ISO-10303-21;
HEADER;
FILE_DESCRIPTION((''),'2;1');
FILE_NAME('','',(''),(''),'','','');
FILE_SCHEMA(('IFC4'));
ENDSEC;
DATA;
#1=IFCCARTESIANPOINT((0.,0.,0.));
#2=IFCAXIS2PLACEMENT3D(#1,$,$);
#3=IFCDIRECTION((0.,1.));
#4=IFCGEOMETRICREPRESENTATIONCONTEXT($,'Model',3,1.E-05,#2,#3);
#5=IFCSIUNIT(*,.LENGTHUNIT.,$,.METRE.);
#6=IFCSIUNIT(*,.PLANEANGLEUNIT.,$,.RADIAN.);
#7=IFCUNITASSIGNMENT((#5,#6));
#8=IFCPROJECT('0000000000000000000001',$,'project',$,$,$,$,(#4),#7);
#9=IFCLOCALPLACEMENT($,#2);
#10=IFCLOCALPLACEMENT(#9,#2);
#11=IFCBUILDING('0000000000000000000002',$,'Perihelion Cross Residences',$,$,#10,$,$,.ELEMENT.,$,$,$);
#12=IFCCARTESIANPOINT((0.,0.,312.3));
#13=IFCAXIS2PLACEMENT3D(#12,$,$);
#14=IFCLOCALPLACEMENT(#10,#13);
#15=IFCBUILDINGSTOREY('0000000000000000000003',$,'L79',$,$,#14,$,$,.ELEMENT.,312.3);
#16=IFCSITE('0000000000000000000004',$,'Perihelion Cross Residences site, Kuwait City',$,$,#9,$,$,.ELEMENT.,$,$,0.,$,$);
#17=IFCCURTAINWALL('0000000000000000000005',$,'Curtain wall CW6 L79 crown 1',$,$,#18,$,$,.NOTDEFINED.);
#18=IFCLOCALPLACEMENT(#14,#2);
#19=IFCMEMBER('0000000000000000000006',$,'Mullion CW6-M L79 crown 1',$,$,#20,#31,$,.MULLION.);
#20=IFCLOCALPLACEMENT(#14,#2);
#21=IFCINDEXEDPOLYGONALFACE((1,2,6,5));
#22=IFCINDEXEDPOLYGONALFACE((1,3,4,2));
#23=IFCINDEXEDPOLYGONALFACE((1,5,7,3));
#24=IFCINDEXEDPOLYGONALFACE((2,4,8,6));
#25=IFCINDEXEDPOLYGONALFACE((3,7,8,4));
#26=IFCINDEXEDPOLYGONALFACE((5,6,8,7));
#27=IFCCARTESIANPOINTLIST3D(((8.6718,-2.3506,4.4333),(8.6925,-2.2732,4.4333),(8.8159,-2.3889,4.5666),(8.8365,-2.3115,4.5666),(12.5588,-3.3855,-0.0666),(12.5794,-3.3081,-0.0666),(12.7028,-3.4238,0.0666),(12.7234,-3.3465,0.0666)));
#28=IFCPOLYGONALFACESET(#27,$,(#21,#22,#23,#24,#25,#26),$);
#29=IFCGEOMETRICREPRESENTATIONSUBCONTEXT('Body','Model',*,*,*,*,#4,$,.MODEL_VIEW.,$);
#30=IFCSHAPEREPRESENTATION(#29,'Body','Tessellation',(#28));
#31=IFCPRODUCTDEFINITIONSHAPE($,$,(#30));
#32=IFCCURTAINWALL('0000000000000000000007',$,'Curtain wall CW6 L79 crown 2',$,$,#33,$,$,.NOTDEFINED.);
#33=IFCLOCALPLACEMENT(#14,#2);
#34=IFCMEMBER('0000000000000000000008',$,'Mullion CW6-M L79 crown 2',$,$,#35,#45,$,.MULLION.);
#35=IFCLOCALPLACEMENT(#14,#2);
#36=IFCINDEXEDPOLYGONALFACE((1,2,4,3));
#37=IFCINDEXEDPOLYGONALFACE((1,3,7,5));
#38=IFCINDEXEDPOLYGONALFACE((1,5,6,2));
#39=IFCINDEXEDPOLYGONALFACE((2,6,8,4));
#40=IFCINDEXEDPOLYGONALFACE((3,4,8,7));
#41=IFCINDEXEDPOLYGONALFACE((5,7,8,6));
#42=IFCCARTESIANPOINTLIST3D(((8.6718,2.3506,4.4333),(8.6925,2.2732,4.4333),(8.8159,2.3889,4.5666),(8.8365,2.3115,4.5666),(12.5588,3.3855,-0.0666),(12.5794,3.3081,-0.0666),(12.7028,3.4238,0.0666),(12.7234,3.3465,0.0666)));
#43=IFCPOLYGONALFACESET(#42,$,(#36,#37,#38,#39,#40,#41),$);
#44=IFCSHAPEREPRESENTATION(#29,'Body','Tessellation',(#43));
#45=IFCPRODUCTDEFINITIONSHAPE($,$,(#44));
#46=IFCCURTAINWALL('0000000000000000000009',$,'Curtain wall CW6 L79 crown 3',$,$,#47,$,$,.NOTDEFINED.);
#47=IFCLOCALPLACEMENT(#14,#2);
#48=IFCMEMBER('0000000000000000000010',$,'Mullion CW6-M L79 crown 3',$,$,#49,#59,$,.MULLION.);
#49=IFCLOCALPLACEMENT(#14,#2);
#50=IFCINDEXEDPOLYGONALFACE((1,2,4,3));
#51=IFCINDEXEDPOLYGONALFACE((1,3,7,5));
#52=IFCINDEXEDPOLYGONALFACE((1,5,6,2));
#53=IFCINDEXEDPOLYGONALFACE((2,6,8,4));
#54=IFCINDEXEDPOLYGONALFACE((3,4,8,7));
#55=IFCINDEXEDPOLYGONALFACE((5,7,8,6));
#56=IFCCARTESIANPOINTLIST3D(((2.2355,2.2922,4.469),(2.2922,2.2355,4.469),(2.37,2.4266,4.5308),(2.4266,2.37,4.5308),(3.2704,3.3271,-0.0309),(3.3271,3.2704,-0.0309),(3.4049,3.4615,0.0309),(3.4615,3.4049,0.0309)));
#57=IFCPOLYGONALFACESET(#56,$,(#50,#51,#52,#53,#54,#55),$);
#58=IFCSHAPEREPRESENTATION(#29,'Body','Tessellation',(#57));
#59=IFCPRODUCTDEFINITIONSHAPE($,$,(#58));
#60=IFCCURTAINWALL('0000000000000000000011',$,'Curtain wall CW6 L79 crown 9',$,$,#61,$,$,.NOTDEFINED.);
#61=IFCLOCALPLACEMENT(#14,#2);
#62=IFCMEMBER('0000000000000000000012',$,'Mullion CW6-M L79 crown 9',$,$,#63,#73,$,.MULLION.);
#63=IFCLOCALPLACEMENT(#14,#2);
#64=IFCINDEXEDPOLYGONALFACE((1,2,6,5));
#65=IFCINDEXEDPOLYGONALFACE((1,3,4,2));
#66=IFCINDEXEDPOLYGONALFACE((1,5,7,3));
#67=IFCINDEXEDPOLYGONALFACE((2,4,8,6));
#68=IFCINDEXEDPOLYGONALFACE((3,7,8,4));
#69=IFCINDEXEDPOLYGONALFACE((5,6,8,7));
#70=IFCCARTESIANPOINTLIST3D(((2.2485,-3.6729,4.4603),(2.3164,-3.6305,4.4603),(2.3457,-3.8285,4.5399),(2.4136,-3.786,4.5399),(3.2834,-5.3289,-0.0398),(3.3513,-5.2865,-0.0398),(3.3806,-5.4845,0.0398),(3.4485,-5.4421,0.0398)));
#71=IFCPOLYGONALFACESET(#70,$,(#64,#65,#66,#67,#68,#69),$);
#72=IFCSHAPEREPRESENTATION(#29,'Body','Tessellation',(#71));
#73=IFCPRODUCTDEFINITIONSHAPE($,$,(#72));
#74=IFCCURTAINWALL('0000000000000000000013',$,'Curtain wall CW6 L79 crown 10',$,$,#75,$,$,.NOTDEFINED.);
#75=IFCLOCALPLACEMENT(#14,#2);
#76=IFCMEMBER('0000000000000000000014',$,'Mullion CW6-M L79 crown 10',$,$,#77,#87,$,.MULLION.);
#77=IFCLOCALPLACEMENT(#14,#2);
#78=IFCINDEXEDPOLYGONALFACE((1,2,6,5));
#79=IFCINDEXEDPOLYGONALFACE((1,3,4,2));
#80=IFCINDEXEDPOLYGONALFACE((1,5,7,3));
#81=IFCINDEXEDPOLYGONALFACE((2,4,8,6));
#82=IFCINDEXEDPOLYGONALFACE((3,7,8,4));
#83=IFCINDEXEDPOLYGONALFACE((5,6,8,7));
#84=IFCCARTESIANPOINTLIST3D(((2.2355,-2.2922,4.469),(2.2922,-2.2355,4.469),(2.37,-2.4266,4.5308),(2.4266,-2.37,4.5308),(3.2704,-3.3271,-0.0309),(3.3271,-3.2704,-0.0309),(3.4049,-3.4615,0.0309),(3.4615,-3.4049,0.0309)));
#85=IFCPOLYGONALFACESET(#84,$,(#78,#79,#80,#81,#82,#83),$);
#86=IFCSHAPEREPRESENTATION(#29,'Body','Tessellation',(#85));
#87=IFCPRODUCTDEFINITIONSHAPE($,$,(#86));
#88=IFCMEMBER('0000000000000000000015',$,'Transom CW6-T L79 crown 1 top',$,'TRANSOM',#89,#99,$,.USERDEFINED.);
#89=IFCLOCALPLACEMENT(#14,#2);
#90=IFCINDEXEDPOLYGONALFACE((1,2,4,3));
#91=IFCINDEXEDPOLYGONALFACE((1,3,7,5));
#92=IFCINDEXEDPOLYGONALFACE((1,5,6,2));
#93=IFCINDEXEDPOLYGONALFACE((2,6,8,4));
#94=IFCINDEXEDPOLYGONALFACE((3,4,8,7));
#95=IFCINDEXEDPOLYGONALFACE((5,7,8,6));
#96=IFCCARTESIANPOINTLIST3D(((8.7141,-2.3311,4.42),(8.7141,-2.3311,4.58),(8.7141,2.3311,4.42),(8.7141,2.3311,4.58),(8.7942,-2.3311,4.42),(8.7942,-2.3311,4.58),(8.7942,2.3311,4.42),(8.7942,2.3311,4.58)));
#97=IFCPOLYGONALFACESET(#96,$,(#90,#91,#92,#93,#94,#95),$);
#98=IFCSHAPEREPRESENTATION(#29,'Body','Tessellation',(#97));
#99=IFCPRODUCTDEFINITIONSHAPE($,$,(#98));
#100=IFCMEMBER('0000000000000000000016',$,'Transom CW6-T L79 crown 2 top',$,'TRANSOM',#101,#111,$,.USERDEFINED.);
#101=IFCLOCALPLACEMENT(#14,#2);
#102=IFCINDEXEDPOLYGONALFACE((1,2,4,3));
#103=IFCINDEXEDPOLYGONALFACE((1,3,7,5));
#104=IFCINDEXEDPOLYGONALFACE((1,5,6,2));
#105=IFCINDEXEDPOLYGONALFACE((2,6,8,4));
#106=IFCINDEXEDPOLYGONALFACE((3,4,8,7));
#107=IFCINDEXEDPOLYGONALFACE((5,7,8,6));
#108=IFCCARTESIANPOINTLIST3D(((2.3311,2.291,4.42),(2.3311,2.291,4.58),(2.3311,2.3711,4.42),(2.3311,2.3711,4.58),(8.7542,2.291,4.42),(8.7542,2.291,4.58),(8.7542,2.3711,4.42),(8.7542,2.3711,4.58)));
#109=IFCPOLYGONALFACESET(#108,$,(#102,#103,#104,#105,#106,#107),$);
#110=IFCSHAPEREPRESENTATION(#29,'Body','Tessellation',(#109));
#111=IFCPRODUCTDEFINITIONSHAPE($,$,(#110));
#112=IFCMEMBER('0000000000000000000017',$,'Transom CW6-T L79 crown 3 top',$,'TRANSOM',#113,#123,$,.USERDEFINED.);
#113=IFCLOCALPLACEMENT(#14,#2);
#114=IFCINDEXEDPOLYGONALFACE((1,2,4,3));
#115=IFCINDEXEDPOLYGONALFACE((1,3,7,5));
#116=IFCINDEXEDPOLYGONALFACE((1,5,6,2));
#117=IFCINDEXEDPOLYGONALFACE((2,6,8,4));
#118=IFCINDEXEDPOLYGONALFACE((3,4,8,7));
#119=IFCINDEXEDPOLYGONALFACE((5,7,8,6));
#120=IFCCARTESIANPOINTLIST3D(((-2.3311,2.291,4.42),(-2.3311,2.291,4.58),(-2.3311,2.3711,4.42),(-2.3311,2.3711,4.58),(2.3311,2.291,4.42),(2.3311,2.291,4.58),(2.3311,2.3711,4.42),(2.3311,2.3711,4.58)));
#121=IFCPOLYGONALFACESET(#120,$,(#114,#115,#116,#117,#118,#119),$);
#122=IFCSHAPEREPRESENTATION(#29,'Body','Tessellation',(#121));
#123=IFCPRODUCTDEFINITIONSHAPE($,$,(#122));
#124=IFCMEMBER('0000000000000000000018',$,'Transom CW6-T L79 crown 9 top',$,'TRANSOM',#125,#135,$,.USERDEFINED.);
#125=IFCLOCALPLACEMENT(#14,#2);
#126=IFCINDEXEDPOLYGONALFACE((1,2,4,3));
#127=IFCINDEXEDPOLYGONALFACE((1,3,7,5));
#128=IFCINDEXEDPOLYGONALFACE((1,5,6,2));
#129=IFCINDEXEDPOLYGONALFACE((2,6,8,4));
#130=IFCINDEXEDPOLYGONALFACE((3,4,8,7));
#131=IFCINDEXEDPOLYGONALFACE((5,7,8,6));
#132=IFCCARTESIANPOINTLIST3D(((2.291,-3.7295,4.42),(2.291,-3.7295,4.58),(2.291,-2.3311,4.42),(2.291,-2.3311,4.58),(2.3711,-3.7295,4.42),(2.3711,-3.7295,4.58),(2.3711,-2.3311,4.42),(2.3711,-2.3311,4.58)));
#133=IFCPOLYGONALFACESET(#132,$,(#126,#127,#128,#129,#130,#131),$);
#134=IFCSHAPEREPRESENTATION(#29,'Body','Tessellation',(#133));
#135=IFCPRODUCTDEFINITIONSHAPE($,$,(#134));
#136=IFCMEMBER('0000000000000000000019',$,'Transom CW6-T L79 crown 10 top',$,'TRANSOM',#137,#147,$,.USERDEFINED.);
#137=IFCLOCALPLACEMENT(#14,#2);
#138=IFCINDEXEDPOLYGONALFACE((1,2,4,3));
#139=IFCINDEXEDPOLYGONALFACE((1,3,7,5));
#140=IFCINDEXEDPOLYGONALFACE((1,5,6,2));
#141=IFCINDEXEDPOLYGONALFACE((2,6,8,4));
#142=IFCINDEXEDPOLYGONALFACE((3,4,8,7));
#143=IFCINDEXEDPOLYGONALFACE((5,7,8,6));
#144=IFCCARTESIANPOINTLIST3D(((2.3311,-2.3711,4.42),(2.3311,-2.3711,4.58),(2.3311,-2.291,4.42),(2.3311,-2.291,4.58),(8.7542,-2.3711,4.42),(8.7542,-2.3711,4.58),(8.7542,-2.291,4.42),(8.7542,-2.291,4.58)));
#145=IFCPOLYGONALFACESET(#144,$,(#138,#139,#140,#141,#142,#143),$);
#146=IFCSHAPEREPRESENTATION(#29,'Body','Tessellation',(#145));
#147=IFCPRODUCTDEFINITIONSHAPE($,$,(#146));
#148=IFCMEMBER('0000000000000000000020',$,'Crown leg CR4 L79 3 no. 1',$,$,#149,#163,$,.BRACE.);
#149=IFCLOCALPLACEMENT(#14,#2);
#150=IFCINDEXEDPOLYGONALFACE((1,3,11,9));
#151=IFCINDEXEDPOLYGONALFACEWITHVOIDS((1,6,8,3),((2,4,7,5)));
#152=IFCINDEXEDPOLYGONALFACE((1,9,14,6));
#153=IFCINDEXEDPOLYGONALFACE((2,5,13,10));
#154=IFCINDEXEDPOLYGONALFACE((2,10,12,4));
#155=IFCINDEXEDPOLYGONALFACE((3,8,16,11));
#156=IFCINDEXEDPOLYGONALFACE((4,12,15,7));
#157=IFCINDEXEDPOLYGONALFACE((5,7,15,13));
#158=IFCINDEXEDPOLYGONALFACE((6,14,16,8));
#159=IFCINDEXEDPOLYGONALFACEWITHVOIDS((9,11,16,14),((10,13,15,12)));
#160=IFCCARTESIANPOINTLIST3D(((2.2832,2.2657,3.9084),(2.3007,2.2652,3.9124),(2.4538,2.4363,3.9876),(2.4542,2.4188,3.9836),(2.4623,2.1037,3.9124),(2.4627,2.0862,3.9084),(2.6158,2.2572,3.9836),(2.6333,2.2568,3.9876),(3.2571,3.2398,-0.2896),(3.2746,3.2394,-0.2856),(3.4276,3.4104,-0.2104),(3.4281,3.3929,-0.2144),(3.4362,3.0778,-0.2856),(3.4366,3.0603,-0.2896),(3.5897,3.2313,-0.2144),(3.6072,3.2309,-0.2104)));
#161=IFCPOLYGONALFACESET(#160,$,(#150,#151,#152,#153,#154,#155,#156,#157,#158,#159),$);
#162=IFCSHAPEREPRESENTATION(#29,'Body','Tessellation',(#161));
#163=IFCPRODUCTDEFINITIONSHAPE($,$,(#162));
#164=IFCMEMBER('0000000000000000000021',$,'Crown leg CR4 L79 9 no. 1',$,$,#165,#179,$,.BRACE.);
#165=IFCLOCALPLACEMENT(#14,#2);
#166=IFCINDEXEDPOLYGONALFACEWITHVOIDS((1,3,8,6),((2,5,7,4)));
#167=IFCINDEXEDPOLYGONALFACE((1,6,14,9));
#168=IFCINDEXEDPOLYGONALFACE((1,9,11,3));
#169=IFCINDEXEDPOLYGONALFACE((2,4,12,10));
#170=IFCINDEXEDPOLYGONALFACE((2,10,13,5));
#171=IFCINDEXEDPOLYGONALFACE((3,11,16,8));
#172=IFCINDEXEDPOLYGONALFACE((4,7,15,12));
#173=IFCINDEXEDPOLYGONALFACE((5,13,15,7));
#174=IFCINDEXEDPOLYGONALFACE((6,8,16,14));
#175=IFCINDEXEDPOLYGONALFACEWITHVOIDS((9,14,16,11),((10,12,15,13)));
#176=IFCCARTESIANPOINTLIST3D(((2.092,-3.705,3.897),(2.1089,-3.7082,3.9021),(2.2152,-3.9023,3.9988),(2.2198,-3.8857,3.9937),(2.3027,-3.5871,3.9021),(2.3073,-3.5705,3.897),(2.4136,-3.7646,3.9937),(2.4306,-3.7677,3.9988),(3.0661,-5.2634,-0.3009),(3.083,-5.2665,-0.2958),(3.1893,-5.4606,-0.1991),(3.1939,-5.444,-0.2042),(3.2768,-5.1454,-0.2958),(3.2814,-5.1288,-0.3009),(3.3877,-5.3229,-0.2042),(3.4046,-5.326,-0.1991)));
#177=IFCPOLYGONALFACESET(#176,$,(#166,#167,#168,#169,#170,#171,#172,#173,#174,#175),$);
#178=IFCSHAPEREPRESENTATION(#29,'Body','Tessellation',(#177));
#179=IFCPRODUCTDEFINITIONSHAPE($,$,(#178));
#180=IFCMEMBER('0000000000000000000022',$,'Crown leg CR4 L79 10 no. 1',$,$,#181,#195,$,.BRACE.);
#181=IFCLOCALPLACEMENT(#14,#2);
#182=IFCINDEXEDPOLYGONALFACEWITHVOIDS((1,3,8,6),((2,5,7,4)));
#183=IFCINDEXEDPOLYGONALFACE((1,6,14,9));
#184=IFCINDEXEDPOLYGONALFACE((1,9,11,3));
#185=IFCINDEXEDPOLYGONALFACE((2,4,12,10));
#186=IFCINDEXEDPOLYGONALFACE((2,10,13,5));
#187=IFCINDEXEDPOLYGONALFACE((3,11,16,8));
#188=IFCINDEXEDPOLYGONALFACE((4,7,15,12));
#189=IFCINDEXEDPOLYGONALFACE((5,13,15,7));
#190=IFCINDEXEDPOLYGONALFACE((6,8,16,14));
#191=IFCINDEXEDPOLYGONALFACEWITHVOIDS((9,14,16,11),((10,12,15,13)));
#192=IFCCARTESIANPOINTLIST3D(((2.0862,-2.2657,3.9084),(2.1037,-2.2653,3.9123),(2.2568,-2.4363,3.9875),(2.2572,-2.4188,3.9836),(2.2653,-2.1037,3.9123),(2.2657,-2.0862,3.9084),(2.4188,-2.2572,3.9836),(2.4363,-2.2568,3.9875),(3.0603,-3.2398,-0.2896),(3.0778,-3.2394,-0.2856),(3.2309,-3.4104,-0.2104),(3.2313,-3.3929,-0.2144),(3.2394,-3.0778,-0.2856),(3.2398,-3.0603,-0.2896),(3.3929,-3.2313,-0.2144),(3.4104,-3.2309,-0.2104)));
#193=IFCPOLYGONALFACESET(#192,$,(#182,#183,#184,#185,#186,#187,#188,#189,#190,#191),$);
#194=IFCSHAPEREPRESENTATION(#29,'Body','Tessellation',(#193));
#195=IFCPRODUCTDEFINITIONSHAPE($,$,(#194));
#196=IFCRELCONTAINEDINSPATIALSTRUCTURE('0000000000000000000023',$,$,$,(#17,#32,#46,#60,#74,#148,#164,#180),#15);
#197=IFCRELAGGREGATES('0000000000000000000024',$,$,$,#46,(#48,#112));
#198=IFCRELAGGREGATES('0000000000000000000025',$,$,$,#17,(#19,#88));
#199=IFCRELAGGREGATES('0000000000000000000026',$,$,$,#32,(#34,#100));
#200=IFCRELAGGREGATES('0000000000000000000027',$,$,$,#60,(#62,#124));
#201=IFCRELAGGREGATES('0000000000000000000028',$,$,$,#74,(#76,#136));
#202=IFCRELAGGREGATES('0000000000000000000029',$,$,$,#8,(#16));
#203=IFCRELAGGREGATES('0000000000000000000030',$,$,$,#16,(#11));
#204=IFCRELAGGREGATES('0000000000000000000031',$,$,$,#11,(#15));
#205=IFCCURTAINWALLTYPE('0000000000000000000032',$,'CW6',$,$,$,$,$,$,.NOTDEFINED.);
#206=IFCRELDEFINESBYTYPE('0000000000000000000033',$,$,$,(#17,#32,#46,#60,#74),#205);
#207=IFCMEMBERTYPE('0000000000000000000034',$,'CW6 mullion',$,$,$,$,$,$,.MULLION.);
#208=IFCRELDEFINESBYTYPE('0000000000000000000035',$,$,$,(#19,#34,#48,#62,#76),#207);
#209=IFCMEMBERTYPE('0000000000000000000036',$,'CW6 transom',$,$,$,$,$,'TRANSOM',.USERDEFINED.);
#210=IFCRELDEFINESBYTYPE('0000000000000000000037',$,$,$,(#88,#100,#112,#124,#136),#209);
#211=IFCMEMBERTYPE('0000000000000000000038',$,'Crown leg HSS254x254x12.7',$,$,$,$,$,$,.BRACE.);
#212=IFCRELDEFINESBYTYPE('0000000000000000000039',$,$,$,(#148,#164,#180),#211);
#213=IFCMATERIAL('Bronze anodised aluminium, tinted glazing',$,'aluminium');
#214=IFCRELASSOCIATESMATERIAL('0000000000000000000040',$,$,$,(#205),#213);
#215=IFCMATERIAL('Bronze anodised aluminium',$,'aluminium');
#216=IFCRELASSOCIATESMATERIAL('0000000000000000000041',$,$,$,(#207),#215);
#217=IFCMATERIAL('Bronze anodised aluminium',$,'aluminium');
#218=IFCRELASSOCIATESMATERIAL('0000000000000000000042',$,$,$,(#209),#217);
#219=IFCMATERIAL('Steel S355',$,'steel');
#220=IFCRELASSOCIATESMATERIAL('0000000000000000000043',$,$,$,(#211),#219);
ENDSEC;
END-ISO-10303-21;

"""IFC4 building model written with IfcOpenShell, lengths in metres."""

from ifc_helpers import new_model, si_unit, direction, frame, origin, origin_2d, place, context, subcontext, project, spatial, rectangle, hollow_rectangle, extrude, material, material_profile, profile_set, type_object, element, aggregate, save


model = new_model("IFC4")

# Units and contexts
model_context = context("Model", 3, precision=1e-05, world=origin(), true_north=direction((0.0, 1.0)))
body_context = subcontext(model_context, "Body", "Model", "MODEL_VIEW")
ifc_project = project(units=[si_unit("LENGTHUNIT", "METRE"), si_unit("PLANEANGLEUNIT", "RADIAN")], contexts=[model_context])

# Site, building, storey
site_placement = place(None, origin())
site = spatial("IfcSite", under=ifc_project, at=site_placement, Name="Perihelion Cross Residences site, Kuwait City", CompositionType="ELEMENT", RefElevation=0.0)
building_placement = place(site_placement, origin())
building = spatial("IfcBuilding", under=site, at=building_placement, Name="Perihelion Cross Residences", CompositionType="ELEMENT")
storey_placement = place(building_placement, frame((0.0, 0.0, 312.3)))
storey = spatial("IfcBuildingStorey", under=building, at=storey_placement, Name="L79", CompositionType="ELEMENT", Elevation=312.3)

# Curtain walls, members
ifc_material_1 = material(Name="Bronze anodised aluminium, tinted glazing", Category="aluminium")
curtain_wall_type = type_object("IfcCurtainWallType", Name="CW6", PredefinedType="NOTDEFINED", material=ifc_material_1)
curtain_wall_1_placement = place(storey_placement, origin())
curtain_wall_1 = element("IfcCurtainWall", 1, at=curtain_wall_1_placement, inside=storey, type_object=curtain_wall_type, Name="Curtain wall CW6 L79 crown 1", PredefinedType="NOTDEFINED")
ifc_material_2 = material(Name="Bronze anodised aluminium", Category="aluminium")
ifc_material_profile_1 = material_profile(ifc_material_2, rectangle(XDim=0.0801, YDim=0.2, at=origin_2d()), Name="CW6 mullion")
ifc_profile_set_1 = profile_set([ifc_material_profile_1], Name="Bronze anodised aluminium")
member_type_1 = type_object("IfcMemberType", Name="CW6 mullion", PredefinedType="MULLION", material=ifc_profile_set_1)
member_1_placement = place(storey_placement, frame((12.6411, -3.366, 0.0), z_axis=(-0.643997, 0.171465, 0.745565), x_axis=(-0.257289, -0.966335, 0.0)))
member_1 = element("IfcMember", 2, at=member_1_placement, type_object=member_type_1, Name="Mullion CW6-M L79 crown 1", PredefinedType="MULLION", context=body_context, shape_type="SweptSolid", body=[
    extrude(rectangle(XDim=0.0801, YDim=0.2, at=origin_2d()), origin(), (0.0, 0.0, 1.0), 6.0356),
])
curtain_wall_2_placement = place(storey_placement, origin())
curtain_wall_2 = element("IfcCurtainWall", 3, at=curtain_wall_2_placement, inside=storey, type_object=curtain_wall_type, Name="Curtain wall CW6 L79 crown 2", PredefinedType="NOTDEFINED")
member_2_placement = place(storey_placement, frame((12.6411, 3.366, 0.0), z_axis=(-0.643997, -0.171465, 0.745565), x_axis=(0.257289, -0.966335, 0.0)))
member_2 = element("IfcMember", 4, at=member_2_placement, type_object=member_type_1, Name="Mullion CW6-M L79 crown 2", PredefinedType="MULLION", context=body_context, shape_type="SweptSolid", body=[
    extrude(rectangle(XDim=0.0801, YDim=0.2, at=origin_2d()), origin(), (0.0, 0.0, 1.0), 6.0356),
])
curtain_wall_3_placement = place(storey_placement, origin())
curtain_wall_3 = element("IfcCurtainWall", 5, at=curtain_wall_3_placement, inside=storey, type_object=curtain_wall_type, Name="Curtain wall CW6 L79 crown 3", PredefinedType="NOTDEFINED")
member_3_placement = place(storey_placement, frame((3.366, 3.366, 0.0), z_axis=(-0.218704, -0.218704, 0.950967), x_axis=(0.707107, -0.707107, 0.0)))
member_3 = element("IfcMember", 6, at=member_3_placement, type_object=member_type_1, Name="Mullion CW6-M L79 crown 3", PredefinedType="MULLION", context=body_context, shape_type="SweptSolid", body=[
    extrude(rectangle(XDim=0.0801, YDim=0.2, at=origin_2d()), origin(), (0.0, 0.0, 1.0), 4.7319),
])
curtain_wall_4_placement = place(storey_placement, origin())
curtain_wall_4 = element("IfcCurtainWall", 7, at=curtain_wall_4_placement, inside=storey, type_object=curtain_wall_type, Name="Curtain wall CW6 L79 crown 9", PredefinedType="NOTDEFINED")
member_4_placement = place(storey_placement, frame((3.366, -5.3855, 0.0), z_axis=(-0.210972, 0.337585, 0.917348), x_axis=(-0.848019, -0.529965, 0.0)))
member_4 = element("IfcMember", 8, at=member_4_placement, type_object=member_type_1, Name="Mullion CW6-M L79 crown 9", PredefinedType="MULLION", context=body_context, shape_type="SweptSolid", body=[
    extrude(rectangle(XDim=0.0801, YDim=0.2, at=origin_2d()), origin(), (0.0, 0.0, 1.0), 4.9055),
])
curtain_wall_5_placement = place(storey_placement, origin())
curtain_wall_5 = element("IfcCurtainWall", 9, at=curtain_wall_5_placement, inside=storey, type_object=curtain_wall_type, Name="Curtain wall CW6 L79 crown 10", PredefinedType="NOTDEFINED")
member_5_placement = place(storey_placement, frame((3.366, -3.366, 0.0), z_axis=(-0.218704, 0.218704, 0.950967), x_axis=(-0.707107, -0.707107, 0.0)))
member_5 = element("IfcMember", 10, at=member_5_placement, type_object=member_type_1, Name="Mullion CW6-M L79 crown 10", PredefinedType="MULLION", context=body_context, shape_type="SweptSolid", body=[
    extrude(rectangle(XDim=0.0801, YDim=0.2, at=origin_2d()), origin(), (0.0, 0.0, 1.0), 4.7319),
])

# Members
ifc_material_3 = material(Name="Bronze anodised aluminium", Category="aluminium")
ifc_material_profile_2 = material_profile(ifc_material_3, rectangle(XDim=0.0801, YDim=0.1599, at=origin_2d()), Name="CW6 transom")
ifc_profile_set_2 = profile_set([ifc_material_profile_2], Name="Bronze anodised aluminium")
member_type_2 = type_object("IfcMemberType", Name="CW6 transom", ElementType="TRANSOM", PredefinedType="USERDEFINED", material=ifc_profile_set_2)
member_6_placement = place(storey_placement, frame((8.7542, -2.3311, 4.5), z_axis=(0.0, 1.0, 0.0), x_axis=(-1.0, 0.0, 0.0)))
member_6 = element("IfcMember", 11, at=member_6_placement, type_object=member_type_2, Name="Transom CW6-T L79 crown 1 top", ObjectType="TRANSOM", PredefinedType="USERDEFINED", context=body_context, shape_type="SweptSolid", body=[
    extrude(rectangle(XDim=0.0801, YDim=0.1599, at=origin_2d()), origin(), (0.0, 0.0, 1.0), 4.6621),
])
member_7_placement = place(storey_placement, frame((8.7542, 2.3311, 4.5), z_axis=(-1.0, 0.0, 0.0), x_axis=(0.0, -1.0, 0.0)))
member_7 = element("IfcMember", 12, at=member_7_placement, type_object=member_type_2, Name="Transom CW6-T L79 crown 2 top", ObjectType="TRANSOM", PredefinedType="USERDEFINED", context=body_context, shape_type="SweptSolid", body=[
    extrude(rectangle(XDim=0.0801, YDim=0.1599, at=origin_2d()), origin(), (0.0, 0.0, 1.0), 6.4231),
])
member_8_placement = place(storey_placement, frame((2.3311, 2.3311, 4.5), z_axis=(-1.0, 0.0, 0.0), x_axis=(0.0, -1.0, 0.0)))
member_8 = element("IfcMember", 13, at=member_8_placement, type_object=member_type_2, Name="Transom CW6-T L79 crown 3 top", ObjectType="TRANSOM", PredefinedType="USERDEFINED", context=body_context, shape_type="SweptSolid", body=[
    extrude(rectangle(XDim=0.0801, YDim=0.1599, at=origin_2d()), origin(), (0.0, 0.0, 1.0), 4.6621),
])
aggregate(curtain_wall_3, [member_3, member_8])
member_9_placement = place(storey_placement, frame((2.3311, -3.7295, 4.5), z_axis=(0.0, 1.0, 0.0), x_axis=(-1.0, 0.0, 0.0)))
member_9 = element("IfcMember", 14, at=member_9_placement, type_object=member_type_2, Name="Transom CW6-T L79 crown 9 top", ObjectType="TRANSOM", PredefinedType="USERDEFINED", context=body_context, shape_type="SweptSolid", body=[
    extrude(rectangle(XDim=0.0801, YDim=0.1599, at=origin_2d()), origin(), (0.0, 0.0, 1.0), 1.3984),
])
member_10_placement = place(storey_placement, frame((2.3311, -2.3311, 4.5), z_axis=(1.0, 0.0, 0.0), x_axis=(0.0, 1.0, 0.0)))
member_10 = element("IfcMember", 15, at=member_10_placement, type_object=member_type_2, Name="Transom CW6-T L79 crown 10 top", ObjectType="TRANSOM", PredefinedType="USERDEFINED", context=body_context, shape_type="SweptSolid", body=[
    extrude(rectangle(XDim=0.0801, YDim=0.1599, at=origin_2d()), origin(), (0.0, 0.0, 1.0), 6.4231),
])

# Members
ifc_material_4 = material(Name="Steel S355", Category="steel")
ifc_material_profile_3 = material_profile(ifc_material_4, hollow_rectangle(XDim=0.2539, YDim=0.2539, WallThickness=0.0127, at=origin_2d()), Name="HSS254x254x12.7")
ifc_profile_set_3 = profile_set([ifc_material_profile_3], Name="Steel S355")
member_type_3 = type_object("IfcMemberType", Name="Crown leg HSS254x254x12.7", PredefinedType="BRACE", material=ifc_profile_set_3)
member_11_placement = place(storey_placement, frame((3.4321, 3.2354, -0.25), z_axis=(-0.220424, -0.220479, 0.950159), x_axis=(0.707195, -0.707018, 0.0)))
element("IfcMember", 16, at=member_11_placement, inside=storey, type_object=member_type_3, Name="Crown leg CR4 L79 3 no. 1", PredefinedType="BRACE", context=body_context, shape_type="SweptSolid", body=[
    extrude(hollow_rectangle(XDim=0.2539, YDim=0.2539, WallThickness=0.0127, at=origin_2d()), origin(), (0.0, 0.0, 1.0), 4.4182),
])
member_12_placement = place(storey_placement, frame((3.2354, -5.2947, -0.25), z_axis=(-0.212568, 0.340055, 0.916066), x_axis=(-0.847961, -0.530059, 0.0)))
element("IfcMember", 17, at=member_12_placement, inside=storey, type_object=member_type_3, Name="Crown leg CR4 L79 9 no. 1", PredefinedType="BRACE", context=body_context, shape_type="SweptSolid", body=[
    extrude(hollow_rectangle(XDim=0.2539, YDim=0.2539, WallThickness=0.0127, at=origin_2d()), origin(), (0.0, 0.0, 1.0), 4.5825),
])
member_13_placement = place(storey_placement, frame((3.2354, -3.2354, -0.25), z_axis=(-0.220476, 0.220476, 0.950148), x_axis=(-0.707107, -0.707107, 0.0)))
element("IfcMember", 18, at=member_13_placement, inside=storey, type_object=member_type_3, Name="Crown leg CR4 L79 10 no. 1", PredefinedType="BRACE", context=body_context, shape_type="SweptSolid", body=[
    extrude(hollow_rectangle(XDim=0.2539, YDim=0.2539, WallThickness=0.0127, at=origin_2d()), origin(), (0.0, 0.0, 1.0), 4.4182),
])

aggregate(curtain_wall_1, [member_1, member_6])
aggregate(curtain_wall_2, [member_2, member_7])
aggregate(curtain_wall_4, [member_4, member_9])
aggregate(curtain_wall_5, [member_5, member_10])

save(model, "model.ifc")
